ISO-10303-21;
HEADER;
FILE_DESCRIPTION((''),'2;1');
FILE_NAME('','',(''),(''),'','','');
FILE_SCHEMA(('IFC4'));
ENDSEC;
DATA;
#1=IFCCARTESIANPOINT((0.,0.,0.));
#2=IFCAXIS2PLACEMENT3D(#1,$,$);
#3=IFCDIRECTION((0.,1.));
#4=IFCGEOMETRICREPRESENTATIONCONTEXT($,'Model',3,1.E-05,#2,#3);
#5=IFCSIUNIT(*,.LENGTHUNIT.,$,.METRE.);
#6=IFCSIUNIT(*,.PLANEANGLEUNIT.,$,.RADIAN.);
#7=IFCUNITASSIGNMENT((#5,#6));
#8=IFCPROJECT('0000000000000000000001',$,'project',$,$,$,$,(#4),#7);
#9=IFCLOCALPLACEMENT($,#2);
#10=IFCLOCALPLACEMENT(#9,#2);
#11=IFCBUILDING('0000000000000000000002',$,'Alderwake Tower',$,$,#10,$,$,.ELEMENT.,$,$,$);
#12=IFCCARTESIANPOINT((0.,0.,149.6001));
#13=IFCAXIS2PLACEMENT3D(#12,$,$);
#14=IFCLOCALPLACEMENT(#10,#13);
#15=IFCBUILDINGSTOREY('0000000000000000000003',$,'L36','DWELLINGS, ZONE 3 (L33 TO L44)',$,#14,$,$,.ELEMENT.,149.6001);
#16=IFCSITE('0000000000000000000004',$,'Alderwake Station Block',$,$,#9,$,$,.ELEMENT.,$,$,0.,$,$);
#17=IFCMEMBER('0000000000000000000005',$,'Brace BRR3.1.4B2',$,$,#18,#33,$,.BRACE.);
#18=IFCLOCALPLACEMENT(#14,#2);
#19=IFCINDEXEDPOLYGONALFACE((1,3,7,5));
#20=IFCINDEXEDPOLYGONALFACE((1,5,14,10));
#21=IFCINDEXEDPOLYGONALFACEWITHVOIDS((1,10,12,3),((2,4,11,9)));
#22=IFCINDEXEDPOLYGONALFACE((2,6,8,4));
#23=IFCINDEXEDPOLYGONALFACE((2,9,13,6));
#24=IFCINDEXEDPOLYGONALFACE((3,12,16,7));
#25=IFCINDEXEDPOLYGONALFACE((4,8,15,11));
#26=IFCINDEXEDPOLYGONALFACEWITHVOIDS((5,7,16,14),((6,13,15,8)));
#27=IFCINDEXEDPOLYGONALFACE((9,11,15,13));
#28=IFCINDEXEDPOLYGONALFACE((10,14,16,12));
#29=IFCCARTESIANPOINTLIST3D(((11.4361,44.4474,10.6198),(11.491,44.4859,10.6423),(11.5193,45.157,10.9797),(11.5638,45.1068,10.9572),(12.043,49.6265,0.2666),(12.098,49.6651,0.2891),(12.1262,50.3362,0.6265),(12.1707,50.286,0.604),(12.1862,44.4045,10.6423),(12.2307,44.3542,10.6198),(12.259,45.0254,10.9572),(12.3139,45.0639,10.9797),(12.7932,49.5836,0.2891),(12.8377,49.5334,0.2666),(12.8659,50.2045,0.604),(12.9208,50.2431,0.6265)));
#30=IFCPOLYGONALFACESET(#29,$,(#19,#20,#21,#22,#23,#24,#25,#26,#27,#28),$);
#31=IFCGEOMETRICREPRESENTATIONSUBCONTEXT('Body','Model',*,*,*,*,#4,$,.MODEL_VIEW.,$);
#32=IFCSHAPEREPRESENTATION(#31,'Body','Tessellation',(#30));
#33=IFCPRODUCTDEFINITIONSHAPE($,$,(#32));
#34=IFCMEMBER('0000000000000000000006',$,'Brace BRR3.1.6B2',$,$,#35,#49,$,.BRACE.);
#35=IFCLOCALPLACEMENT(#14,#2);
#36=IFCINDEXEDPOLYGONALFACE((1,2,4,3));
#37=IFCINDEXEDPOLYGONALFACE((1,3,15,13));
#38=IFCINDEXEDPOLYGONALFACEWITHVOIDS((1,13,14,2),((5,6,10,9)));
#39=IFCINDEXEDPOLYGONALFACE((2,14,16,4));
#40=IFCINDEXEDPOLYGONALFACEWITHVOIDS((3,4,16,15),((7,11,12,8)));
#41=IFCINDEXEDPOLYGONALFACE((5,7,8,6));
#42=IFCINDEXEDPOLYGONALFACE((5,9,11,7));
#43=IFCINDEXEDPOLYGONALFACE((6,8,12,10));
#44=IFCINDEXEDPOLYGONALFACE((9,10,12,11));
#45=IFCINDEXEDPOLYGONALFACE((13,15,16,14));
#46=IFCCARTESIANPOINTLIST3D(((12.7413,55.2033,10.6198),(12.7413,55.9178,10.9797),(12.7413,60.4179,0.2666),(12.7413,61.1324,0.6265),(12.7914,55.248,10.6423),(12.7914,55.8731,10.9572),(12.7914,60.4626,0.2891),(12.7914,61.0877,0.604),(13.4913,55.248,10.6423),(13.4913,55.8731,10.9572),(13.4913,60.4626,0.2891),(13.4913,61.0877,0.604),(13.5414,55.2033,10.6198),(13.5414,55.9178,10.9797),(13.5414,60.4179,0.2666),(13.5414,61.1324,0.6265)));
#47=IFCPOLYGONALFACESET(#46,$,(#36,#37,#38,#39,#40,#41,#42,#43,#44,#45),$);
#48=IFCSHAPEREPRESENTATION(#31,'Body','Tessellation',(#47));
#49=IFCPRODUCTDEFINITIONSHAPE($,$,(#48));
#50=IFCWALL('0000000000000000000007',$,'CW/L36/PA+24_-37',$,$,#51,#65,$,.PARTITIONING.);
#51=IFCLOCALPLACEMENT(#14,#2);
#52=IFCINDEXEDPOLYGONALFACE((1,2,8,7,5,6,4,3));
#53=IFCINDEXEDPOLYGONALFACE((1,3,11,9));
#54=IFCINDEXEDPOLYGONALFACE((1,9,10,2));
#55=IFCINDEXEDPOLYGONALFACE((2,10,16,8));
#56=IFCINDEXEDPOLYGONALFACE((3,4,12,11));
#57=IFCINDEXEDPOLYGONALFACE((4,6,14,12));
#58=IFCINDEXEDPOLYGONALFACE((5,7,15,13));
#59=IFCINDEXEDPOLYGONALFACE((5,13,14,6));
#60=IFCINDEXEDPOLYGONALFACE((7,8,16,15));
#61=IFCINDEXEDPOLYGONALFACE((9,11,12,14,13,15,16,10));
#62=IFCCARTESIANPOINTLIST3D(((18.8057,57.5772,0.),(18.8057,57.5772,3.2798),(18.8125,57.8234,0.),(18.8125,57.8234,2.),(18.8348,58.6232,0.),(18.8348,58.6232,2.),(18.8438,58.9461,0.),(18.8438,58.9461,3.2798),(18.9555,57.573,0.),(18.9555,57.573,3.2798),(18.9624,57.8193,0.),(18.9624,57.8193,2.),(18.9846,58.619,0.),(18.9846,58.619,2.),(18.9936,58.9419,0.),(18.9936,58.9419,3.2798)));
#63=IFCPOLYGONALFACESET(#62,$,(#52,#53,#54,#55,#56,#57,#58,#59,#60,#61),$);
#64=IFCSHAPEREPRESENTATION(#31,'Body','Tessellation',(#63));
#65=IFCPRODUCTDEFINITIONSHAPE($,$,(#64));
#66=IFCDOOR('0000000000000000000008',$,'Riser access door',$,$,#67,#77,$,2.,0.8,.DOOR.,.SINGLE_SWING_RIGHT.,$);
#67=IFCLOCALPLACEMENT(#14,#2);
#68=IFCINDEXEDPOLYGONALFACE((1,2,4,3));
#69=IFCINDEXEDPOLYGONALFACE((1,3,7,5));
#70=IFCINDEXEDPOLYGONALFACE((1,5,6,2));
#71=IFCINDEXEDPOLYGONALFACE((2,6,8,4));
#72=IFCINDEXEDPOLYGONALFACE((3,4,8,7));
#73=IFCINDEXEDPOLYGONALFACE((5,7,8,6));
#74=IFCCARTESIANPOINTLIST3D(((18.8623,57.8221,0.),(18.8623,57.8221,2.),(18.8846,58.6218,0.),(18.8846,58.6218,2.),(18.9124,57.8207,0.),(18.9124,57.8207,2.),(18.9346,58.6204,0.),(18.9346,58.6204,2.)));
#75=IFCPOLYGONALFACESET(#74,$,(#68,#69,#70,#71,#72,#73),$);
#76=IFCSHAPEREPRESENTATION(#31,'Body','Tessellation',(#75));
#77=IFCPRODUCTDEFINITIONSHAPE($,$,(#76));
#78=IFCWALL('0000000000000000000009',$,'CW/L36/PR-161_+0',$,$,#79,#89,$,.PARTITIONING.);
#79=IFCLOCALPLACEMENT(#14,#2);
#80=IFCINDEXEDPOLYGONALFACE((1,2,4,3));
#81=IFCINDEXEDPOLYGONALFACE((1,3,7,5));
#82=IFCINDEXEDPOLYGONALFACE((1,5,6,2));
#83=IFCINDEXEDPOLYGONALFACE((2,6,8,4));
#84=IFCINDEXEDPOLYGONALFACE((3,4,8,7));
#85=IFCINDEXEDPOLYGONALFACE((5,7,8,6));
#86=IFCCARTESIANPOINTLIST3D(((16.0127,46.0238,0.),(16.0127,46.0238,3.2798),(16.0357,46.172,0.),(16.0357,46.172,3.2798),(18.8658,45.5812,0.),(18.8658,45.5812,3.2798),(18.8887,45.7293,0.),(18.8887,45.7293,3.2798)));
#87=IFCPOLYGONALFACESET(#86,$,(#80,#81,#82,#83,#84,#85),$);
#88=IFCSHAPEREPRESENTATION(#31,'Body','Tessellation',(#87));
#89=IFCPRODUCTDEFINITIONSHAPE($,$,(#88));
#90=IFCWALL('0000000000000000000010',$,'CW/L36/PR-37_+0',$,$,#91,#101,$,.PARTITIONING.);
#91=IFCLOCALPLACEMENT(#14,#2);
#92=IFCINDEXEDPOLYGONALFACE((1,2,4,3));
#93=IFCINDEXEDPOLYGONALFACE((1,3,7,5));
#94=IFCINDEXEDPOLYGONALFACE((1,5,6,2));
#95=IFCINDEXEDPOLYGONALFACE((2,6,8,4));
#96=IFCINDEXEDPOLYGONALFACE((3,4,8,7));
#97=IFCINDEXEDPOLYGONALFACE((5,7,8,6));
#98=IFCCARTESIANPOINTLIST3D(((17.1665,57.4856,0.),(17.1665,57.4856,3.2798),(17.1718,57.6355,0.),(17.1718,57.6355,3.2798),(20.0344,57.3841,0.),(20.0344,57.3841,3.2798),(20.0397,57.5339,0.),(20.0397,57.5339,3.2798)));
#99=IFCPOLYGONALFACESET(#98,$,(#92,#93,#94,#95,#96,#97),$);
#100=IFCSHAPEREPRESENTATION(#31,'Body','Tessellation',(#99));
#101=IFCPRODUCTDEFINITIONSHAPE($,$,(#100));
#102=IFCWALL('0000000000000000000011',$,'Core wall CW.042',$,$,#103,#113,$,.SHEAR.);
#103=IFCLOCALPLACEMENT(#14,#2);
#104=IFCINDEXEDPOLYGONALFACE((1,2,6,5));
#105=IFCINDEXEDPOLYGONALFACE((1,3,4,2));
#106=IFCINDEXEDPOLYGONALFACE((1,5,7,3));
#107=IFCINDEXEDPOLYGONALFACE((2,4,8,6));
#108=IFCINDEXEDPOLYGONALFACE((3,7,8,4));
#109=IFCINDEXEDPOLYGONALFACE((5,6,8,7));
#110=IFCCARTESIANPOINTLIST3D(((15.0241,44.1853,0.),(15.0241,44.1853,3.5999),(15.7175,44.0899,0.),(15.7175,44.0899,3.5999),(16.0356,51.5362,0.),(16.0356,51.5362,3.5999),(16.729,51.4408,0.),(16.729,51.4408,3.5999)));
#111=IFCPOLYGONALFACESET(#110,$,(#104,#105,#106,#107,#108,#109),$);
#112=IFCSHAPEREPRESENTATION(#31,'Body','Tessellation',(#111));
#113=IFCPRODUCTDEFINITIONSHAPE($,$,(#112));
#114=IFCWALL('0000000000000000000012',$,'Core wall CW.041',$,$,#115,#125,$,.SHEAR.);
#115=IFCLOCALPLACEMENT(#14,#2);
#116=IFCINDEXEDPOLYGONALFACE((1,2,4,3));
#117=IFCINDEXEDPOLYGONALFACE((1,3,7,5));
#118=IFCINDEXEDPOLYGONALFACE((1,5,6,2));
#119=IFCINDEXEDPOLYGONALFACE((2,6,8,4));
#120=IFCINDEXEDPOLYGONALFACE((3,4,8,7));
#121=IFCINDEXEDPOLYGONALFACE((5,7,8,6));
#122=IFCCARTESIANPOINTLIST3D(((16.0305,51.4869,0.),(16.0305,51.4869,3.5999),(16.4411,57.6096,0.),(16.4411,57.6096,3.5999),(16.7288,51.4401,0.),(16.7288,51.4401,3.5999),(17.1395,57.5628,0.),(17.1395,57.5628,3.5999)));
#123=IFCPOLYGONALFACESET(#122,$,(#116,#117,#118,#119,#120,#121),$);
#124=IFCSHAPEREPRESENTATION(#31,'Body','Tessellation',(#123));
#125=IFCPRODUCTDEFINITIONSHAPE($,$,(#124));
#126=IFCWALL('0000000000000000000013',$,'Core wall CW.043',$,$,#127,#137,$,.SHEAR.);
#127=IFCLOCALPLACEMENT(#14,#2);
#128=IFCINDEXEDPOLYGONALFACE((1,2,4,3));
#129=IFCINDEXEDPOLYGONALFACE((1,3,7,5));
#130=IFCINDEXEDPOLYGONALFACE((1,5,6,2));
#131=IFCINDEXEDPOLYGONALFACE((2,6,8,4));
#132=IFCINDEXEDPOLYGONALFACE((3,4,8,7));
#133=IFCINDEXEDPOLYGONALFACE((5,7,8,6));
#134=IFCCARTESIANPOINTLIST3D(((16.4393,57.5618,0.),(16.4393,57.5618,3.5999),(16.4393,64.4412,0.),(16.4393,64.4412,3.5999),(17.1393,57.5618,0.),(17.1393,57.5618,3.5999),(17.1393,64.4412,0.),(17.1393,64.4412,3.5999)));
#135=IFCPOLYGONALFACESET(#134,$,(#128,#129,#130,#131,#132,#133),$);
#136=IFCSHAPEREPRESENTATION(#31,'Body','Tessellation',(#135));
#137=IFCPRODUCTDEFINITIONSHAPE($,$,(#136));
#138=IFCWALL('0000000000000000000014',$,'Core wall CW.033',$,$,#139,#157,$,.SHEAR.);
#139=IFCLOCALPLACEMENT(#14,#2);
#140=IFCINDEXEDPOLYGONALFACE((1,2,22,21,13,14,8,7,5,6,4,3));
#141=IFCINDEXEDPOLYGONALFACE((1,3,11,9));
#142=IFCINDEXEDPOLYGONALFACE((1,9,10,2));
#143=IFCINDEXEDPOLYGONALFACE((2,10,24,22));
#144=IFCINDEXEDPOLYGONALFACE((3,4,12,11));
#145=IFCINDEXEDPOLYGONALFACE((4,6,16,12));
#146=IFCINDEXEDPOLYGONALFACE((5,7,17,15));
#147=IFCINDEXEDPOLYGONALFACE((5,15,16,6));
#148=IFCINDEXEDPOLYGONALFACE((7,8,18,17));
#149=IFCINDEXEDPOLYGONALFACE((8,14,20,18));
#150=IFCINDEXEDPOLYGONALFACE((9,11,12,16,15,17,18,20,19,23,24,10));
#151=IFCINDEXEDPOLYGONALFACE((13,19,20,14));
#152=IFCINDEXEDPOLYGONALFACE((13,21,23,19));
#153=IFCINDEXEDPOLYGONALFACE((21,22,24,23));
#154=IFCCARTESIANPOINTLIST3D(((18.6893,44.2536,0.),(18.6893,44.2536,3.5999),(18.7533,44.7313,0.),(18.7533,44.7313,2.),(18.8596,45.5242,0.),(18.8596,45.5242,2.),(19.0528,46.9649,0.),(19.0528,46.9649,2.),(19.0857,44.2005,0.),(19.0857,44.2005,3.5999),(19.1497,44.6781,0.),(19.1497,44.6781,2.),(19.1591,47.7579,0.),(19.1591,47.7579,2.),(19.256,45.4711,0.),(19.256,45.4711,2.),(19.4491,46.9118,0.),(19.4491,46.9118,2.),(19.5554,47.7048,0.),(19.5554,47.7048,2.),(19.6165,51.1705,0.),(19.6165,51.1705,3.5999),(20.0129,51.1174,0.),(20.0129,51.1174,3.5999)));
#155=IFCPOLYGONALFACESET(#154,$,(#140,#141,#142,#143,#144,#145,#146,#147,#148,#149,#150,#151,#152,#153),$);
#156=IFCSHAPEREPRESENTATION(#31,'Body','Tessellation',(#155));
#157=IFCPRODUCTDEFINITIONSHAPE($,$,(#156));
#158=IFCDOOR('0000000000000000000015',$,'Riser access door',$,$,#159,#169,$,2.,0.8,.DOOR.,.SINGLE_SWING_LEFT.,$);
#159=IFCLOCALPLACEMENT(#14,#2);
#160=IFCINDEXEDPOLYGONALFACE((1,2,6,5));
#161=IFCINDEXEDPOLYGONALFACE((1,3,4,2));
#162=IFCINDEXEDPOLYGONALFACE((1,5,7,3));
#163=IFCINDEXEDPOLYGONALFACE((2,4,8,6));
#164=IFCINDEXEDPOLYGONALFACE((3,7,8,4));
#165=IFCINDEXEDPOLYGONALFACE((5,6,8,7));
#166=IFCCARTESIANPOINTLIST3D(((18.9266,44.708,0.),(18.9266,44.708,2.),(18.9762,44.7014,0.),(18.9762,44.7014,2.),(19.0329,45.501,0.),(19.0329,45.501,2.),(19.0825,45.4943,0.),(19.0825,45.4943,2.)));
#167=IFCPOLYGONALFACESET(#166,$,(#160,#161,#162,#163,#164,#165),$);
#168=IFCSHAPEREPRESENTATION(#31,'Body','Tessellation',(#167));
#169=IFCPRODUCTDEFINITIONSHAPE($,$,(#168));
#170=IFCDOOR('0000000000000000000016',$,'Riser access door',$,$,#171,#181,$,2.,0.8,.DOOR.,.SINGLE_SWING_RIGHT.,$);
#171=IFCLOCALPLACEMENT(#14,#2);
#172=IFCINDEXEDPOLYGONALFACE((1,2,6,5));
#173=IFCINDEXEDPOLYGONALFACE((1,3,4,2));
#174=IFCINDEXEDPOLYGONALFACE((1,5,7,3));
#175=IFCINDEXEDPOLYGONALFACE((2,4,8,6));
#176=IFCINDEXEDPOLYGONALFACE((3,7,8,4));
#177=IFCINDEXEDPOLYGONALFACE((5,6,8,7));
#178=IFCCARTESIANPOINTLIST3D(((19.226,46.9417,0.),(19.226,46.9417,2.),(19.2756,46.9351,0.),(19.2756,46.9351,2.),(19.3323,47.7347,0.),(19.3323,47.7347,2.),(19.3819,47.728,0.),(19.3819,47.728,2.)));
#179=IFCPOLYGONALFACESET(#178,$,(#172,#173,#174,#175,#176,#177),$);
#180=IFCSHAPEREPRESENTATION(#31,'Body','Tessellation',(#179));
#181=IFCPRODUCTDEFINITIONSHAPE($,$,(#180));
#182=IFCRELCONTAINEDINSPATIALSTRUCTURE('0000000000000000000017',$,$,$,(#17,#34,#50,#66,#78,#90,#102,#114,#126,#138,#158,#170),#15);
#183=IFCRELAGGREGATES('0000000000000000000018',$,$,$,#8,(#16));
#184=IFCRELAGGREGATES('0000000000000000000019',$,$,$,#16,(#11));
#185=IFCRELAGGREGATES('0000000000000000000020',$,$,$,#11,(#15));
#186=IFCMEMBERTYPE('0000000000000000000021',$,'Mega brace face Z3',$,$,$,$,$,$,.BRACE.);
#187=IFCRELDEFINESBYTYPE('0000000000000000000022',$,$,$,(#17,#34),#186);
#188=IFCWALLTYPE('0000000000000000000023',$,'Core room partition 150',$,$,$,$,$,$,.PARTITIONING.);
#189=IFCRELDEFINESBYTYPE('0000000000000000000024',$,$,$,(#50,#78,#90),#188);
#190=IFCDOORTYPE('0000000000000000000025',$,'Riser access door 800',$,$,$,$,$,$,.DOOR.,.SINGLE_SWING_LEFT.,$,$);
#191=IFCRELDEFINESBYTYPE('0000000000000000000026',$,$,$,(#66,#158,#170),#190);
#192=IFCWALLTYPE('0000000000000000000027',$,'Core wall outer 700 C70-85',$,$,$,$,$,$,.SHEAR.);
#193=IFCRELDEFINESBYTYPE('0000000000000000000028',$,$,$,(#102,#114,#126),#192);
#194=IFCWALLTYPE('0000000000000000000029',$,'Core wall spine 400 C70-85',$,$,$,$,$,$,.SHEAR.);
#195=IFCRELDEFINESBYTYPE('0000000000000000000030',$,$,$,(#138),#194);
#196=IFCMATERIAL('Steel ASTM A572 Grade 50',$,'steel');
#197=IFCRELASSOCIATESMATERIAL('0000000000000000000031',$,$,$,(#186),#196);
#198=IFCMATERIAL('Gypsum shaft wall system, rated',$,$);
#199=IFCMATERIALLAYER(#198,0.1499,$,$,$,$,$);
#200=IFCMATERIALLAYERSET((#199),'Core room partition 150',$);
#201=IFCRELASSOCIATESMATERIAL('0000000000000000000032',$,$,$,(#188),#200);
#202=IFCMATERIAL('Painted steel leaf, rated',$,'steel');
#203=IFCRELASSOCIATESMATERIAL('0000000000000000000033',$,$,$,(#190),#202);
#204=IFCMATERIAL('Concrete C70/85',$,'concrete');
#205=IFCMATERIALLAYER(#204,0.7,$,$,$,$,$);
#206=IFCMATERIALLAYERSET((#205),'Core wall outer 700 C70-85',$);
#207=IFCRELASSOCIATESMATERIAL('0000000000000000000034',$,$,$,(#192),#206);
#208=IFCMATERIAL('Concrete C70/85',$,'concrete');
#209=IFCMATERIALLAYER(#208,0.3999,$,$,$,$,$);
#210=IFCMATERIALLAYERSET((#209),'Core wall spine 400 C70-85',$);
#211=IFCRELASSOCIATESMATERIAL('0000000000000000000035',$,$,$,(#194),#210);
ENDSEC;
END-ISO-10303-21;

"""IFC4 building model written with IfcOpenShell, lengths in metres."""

from ifc_helpers import new_model, si_unit, direction, frame, frame_2d, origin, origin_2d, place, context, subcontext, project, spatial, rectangle, hollow_rectangle, extrude, material, layer, layer_set, material_profile, profile_set, type_object, element, fill, save


model = new_model("IFC4")

# Units and contexts
model_context = context("Model", 3, precision=1e-05, world=origin(), true_north=direction((0.0, 1.0)))
body_context = subcontext(model_context, "Body", "Model", "MODEL_VIEW")
ifc_project = project(units=[si_unit("LENGTHUNIT", "METRE"), si_unit("PLANEANGLEUNIT", "RADIAN")], contexts=[model_context])

# Site, building, storey
site_placement = place(None, origin())
site = spatial("IfcSite", under=ifc_project, at=site_placement, Name="Alderwake Station Block", CompositionType="ELEMENT", RefElevation=0.0)
building_placement = place(site_placement, origin())
building = spatial("IfcBuilding", under=site, at=building_placement, Name="Alderwake Tower", CompositionType="ELEMENT")
storey_placement = place(building_placement, frame((0.0, 0.0, 149.6001)))
storey = spatial("IfcBuildingStorey", under=building, at=storey_placement, Name="L36", Description="DWELLINGS, ZONE 3 (L33 TO L44)", CompositionType="ELEMENT", Elevation=149.6001)

# Members
ifc_material_1 = material(Name="Steel ASTM A572 Grade 50", Category="steel")
ifc_material_profile_1 = material_profile(ifc_material_1, hollow_rectangle(XDim=0.8, YDim=0.8, WallThickness=0.05, at=origin_2d()), Name="BOX 800X800X50")
ifc_profile_set_1 = profile_set([ifc_material_profile_1], Name="Steel ASTM A572 Grade 50")
member_type = type_object("IfcMemberType", Name="Mega brace face Z3", PredefinedType="BRACE", material=ifc_profile_set_1)
for number, where, z_axis, x_axis, name in (
    (1, (12.4819, 49.9348, 0.4465), (-0.052356, -0.446777, 0.893112), (0.993204, -0.11639, 0.0), "Brace BRR3.1.4B2"),
    (2, (13.1414, 60.7751, 0.4465), (0.0, -0.449832, 0.893113), (1.0, 0.0, 0.0), "Brace BRR3.1.6B2"),
):
    element("IfcMember", number, at=place(storey_placement, frame(where, z_axis=z_axis, x_axis=x_axis)), inside=storey, type_object=member_type, Name=name, PredefinedType="BRACE", context=body_context, shape_type="SweptSolid", body=[
        extrude(hollow_rectangle(XDim=0.8, YDim=0.8, WallThickness=0.05, at=origin_2d()), origin(), (0.0, 0.0, 1.0), 11.5923),
    ])

# Wall, opening, door
ifc_material_2 = material(Name="Gypsum shaft wall system, rated")
ifc_layer_1 = layer(ifc_material_2, 0.1499)
ifc_layer_set_1 = layer_set([ifc_layer_1], Name="Core room partition 150")
wall_type_1 = type_object("IfcWallType", Name="Core room partition 150", PredefinedType="PARTITIONING", material=ifc_layer_set_1)
wall_1_placement = place(storey_placement, frame((18.9187, 58.9438, 0.0), z_axis=(0.0, 0.0, 1.0), x_axis=(-0.027812, -0.999613, 0.0)))
wall_1 = element("IfcWall", 3, at=wall_1_placement, inside=storey, type_object=wall_type_1, Name="CW/L36/PA+24_-37", PredefinedType="PARTITIONING", context=body_context, shape_type="SweptSolid", body=[
    extrude(rectangle(XDim=1.3694, YDim=0.1499, at=frame_2d((0.6846, 0.0))), origin(), (0.0, 0.0, 1.0), 3.2798),
])
opening_1_placement = place(wall_1_placement, frame((0.323, 0.0, 0.0)))
opening_1 = element("IfcOpeningElement", 4, at=opening_1_placement, cuts=wall_1, PredefinedType="OPENING", context=body_context, shape_type="SweptSolid", body=[
    extrude(rectangle(XDim=0.8, YDim=2.0, at=frame_2d((0.3999, 1.0))), frame((0.0, 0.085, 0.0), z_axis=(0.0, -1.0, 0.0), x_axis=(1.0, 0.0, 0.0)), (0.0, 0.0, 1.0), 0.1699),
])
ifc_material_3 = material(Name="Painted steel leaf, rated", Category="steel")
door_type_1 = type_object("IfcDoorType", Name="Riser access door 800", OperationType="SINGLE_SWING_LEFT", PredefinedType="DOOR", material=ifc_material_3)
door_1_placement = place(opening_1_placement, origin())
door_1 = element("IfcDoor", 5, at=door_1_placement, inside=storey, type_object=door_type_1, Name="Riser access door", OperationType="SINGLE_SWING_RIGHT", OverallHeight=2.0, OverallWidth=0.8, PredefinedType="DOOR", context=body_context, shape_type="SweptSolid", body=[
    extrude(rectangle(XDim=0.8, YDim=2.0, at=frame_2d((0.3999, 1.0))), frame((0.0, 0.0249, 0.0), z_axis=(0.0, -1.0, 0.0), x_axis=(1.0, 0.0, 0.0)), (0.0, 0.0, 1.0), 0.05),
])
fill(opening_1, door_1)

# Walls
wall_2_placement = place(storey_placement, frame((16.0242, 46.0979, 0.0), z_axis=(0.0, 0.0, 1.0), x_axis=(0.988178, -0.153309, 0.0)))
element("IfcWall", 6, at=wall_2_placement, inside=storey, type_object=wall_type_1, Name="CW/L36/PR-161_+0", PredefinedType="PARTITIONING", context=body_context, shape_type="SweptSolid", body=[
    extrude(rectangle(XDim=2.8872, YDim=0.1499, at=frame_2d((1.4436, 0.0))), origin(), (0.0, 0.0, 1.0), 3.2798),
])
wall_3_placement = place(storey_placement, frame((17.1692, 57.5605, 0.0), z_axis=(0.0, 0.0, 1.0), x_axis=(0.999374, -0.035391, 0.0)))
element("IfcWall", 7, at=wall_3_placement, inside=storey, type_object=wall_type_1, Name="CW/L36/PR-37_+0", PredefinedType="PARTITIONING", context=body_context, shape_type="SweptSolid", body=[
    extrude(rectangle(XDim=2.8696, YDim=0.1499, at=frame_2d((1.4348, 0.0))), origin(), (0.0, 0.0, 1.0), 3.2798),
])
ifc_material_4 = material(Name="Concrete C70/85", Category="concrete")
ifc_layer_2 = layer(ifc_material_4, 0.7)
ifc_layer_set_2 = layer_set([ifc_layer_2], Name="Core wall outer 700 C70-85")
wall_type_2 = type_object("IfcWallType", Name="Core wall outer 700 C70-85", PredefinedType="SHEAR", material=ifc_layer_set_2)
wall_4_placement = place(storey_placement, frame((15.3708, 44.1377, 0.0), z_axis=(0.0, 0.0, 1.0), x_axis=(0.136316, 0.990665, 0.0)))
element("IfcWall", 8, at=wall_4_placement, inside=storey, type_object=wall_type_2, Name="Core wall CW.042", PredefinedType="SHEAR", context=body_context, shape_type="SweptSolid", body=[
    extrude(rectangle(XDim=7.4202, YDim=0.7, at=frame_2d((3.71, 0.0))), origin(), (0.0, 0.0, 1.0), 3.5999),
])
wall_5_placement = place(storey_placement, frame((16.3796, 51.4634, 0.0), z_axis=(0.0, 0.0, 1.0), x_axis=(0.066918, 0.997758, 0.0)))
element("IfcWall", 9, at=wall_5_placement, inside=storey, type_object=wall_type_2, Name="Core wall CW.041", PredefinedType="SHEAR", context=body_context, shape_type="SweptSolid", body=[
    extrude(rectangle(XDim=6.1365, YDim=0.7, at=frame_2d((3.0684, 0.0))), origin(), (0.0, 0.0, 1.0), 3.5999),
])
wall_6_placement = place(storey_placement, frame((16.7893, 57.5618, 0.0), z_axis=(0.0, 0.0, 1.0), x_axis=(0.0, 1.0, 0.0)))
element("IfcWall", 10, at=wall_6_placement, inside=storey, type_object=wall_type_2, Name="Core wall CW.043", PredefinedType="SHEAR", context=body_context, shape_type="SweptSolid", body=[
    extrude(rectangle(XDim=6.8794, YDim=0.7, at=frame_2d((3.4397, 0.0))), origin(), (0.0, 0.0, 1.0), 3.5999),
])

# Wall, openings, doors
ifc_material_5 = material(Name="Concrete C70/85", Category="concrete")
ifc_layer_3 = layer(ifc_material_5, 0.3999)
ifc_layer_set_3 = layer_set([ifc_layer_3], Name="Core wall spine 400 C70-85")
wall_type_3 = type_object("IfcWallType", Name="Core wall spine 400 C70-85", PredefinedType="SHEAR", material=ifc_layer_set_3)
wall_7_placement = place(storey_placement, frame((19.8147, 51.1438, 0.0), z_axis=(0.0, 0.0, 1.0), x_axis=(-0.132865, -0.991134, 0.0)))
wall_7 = element("IfcWall", 11, at=wall_7_placement, inside=storey, type_object=wall_type_3, Name="Core wall CW.033", PredefinedType="SHEAR", context=body_context, shape_type="SweptSolid", body=[
    extrude(rectangle(XDim=6.9788, YDim=0.3999, at=frame_2d((3.4893, 0.0))), origin(), (0.0, 0.0, 1.0), 3.5999),
])
opening_2_placement = place(wall_7_placement, frame((5.6968, 0.0, 0.0)))
opening_2 = element("IfcOpeningElement", 12, at=opening_2_placement, cuts=wall_7, PredefinedType="OPENING", context=body_context, shape_type="SweptSolid", body=[
    extrude(rectangle(XDim=0.8, YDim=2.0, at=frame_2d((0.3999, 1.0))), frame((0.0, 0.21, 0.0), z_axis=(0.0, -1.0, 0.0), x_axis=(1.0, 0.0, 0.0)), (0.0, 0.0, 1.0), 0.4199),
])
opening_3_placement = place(wall_7_placement, frame((3.4431, 0.0, 0.0)))
opening_3 = element("IfcOpeningElement", 13, at=opening_3_placement, cuts=wall_7, PredefinedType="OPENING", context=body_context, shape_type="SweptSolid", body=[
    extrude(rectangle(XDim=0.8, YDim=2.0, at=frame_2d((0.3999, 1.0))), frame((0.0, 0.21, 0.0), z_axis=(0.0, -1.0, 0.0), x_axis=(1.0, 0.0, 0.0)), (0.0, 0.0, 1.0), 0.4199),
])
door_2_placement = place(opening_2_placement, origin())
door_2 = element("IfcDoor", 14, at=door_2_placement, inside=storey, type_object=door_type_1, Name="Riser access door", OperationType="SINGLE_SWING_LEFT", OverallHeight=2.0, OverallWidth=0.8, PredefinedType="DOOR", context=body_context, shape_type="SweptSolid", body=[
    extrude(rectangle(XDim=0.8, YDim=2.0, at=frame_2d((0.3999, 1.0))), frame((0.0, 0.0249, 0.0), z_axis=(0.0, -1.0, 0.0), x_axis=(1.0, 0.0, 0.0)), (0.0, 0.0, 1.0), 0.05),
])
fill(opening_2, door_2)
door_3_placement = place(opening_3_placement, origin())
door_3 = element("IfcDoor", 15, at=door_3_placement, inside=storey, type_object=door_type_1, Name="Riser access door", OperationType="SINGLE_SWING_RIGHT", OverallHeight=2.0, OverallWidth=0.8, PredefinedType="DOOR", context=body_context, shape_type="SweptSolid", body=[
    extrude(rectangle(XDim=0.8, YDim=2.0, at=frame_2d((0.3999, 1.0))), frame((0.0, 0.0249, 0.0), z_axis=(0.0, -1.0, 0.0), x_axis=(1.0, 0.0, 0.0)), (0.0, 0.0, 1.0), 0.05),
])
fill(opening_3, door_3)

save(model, "model.ifc")
